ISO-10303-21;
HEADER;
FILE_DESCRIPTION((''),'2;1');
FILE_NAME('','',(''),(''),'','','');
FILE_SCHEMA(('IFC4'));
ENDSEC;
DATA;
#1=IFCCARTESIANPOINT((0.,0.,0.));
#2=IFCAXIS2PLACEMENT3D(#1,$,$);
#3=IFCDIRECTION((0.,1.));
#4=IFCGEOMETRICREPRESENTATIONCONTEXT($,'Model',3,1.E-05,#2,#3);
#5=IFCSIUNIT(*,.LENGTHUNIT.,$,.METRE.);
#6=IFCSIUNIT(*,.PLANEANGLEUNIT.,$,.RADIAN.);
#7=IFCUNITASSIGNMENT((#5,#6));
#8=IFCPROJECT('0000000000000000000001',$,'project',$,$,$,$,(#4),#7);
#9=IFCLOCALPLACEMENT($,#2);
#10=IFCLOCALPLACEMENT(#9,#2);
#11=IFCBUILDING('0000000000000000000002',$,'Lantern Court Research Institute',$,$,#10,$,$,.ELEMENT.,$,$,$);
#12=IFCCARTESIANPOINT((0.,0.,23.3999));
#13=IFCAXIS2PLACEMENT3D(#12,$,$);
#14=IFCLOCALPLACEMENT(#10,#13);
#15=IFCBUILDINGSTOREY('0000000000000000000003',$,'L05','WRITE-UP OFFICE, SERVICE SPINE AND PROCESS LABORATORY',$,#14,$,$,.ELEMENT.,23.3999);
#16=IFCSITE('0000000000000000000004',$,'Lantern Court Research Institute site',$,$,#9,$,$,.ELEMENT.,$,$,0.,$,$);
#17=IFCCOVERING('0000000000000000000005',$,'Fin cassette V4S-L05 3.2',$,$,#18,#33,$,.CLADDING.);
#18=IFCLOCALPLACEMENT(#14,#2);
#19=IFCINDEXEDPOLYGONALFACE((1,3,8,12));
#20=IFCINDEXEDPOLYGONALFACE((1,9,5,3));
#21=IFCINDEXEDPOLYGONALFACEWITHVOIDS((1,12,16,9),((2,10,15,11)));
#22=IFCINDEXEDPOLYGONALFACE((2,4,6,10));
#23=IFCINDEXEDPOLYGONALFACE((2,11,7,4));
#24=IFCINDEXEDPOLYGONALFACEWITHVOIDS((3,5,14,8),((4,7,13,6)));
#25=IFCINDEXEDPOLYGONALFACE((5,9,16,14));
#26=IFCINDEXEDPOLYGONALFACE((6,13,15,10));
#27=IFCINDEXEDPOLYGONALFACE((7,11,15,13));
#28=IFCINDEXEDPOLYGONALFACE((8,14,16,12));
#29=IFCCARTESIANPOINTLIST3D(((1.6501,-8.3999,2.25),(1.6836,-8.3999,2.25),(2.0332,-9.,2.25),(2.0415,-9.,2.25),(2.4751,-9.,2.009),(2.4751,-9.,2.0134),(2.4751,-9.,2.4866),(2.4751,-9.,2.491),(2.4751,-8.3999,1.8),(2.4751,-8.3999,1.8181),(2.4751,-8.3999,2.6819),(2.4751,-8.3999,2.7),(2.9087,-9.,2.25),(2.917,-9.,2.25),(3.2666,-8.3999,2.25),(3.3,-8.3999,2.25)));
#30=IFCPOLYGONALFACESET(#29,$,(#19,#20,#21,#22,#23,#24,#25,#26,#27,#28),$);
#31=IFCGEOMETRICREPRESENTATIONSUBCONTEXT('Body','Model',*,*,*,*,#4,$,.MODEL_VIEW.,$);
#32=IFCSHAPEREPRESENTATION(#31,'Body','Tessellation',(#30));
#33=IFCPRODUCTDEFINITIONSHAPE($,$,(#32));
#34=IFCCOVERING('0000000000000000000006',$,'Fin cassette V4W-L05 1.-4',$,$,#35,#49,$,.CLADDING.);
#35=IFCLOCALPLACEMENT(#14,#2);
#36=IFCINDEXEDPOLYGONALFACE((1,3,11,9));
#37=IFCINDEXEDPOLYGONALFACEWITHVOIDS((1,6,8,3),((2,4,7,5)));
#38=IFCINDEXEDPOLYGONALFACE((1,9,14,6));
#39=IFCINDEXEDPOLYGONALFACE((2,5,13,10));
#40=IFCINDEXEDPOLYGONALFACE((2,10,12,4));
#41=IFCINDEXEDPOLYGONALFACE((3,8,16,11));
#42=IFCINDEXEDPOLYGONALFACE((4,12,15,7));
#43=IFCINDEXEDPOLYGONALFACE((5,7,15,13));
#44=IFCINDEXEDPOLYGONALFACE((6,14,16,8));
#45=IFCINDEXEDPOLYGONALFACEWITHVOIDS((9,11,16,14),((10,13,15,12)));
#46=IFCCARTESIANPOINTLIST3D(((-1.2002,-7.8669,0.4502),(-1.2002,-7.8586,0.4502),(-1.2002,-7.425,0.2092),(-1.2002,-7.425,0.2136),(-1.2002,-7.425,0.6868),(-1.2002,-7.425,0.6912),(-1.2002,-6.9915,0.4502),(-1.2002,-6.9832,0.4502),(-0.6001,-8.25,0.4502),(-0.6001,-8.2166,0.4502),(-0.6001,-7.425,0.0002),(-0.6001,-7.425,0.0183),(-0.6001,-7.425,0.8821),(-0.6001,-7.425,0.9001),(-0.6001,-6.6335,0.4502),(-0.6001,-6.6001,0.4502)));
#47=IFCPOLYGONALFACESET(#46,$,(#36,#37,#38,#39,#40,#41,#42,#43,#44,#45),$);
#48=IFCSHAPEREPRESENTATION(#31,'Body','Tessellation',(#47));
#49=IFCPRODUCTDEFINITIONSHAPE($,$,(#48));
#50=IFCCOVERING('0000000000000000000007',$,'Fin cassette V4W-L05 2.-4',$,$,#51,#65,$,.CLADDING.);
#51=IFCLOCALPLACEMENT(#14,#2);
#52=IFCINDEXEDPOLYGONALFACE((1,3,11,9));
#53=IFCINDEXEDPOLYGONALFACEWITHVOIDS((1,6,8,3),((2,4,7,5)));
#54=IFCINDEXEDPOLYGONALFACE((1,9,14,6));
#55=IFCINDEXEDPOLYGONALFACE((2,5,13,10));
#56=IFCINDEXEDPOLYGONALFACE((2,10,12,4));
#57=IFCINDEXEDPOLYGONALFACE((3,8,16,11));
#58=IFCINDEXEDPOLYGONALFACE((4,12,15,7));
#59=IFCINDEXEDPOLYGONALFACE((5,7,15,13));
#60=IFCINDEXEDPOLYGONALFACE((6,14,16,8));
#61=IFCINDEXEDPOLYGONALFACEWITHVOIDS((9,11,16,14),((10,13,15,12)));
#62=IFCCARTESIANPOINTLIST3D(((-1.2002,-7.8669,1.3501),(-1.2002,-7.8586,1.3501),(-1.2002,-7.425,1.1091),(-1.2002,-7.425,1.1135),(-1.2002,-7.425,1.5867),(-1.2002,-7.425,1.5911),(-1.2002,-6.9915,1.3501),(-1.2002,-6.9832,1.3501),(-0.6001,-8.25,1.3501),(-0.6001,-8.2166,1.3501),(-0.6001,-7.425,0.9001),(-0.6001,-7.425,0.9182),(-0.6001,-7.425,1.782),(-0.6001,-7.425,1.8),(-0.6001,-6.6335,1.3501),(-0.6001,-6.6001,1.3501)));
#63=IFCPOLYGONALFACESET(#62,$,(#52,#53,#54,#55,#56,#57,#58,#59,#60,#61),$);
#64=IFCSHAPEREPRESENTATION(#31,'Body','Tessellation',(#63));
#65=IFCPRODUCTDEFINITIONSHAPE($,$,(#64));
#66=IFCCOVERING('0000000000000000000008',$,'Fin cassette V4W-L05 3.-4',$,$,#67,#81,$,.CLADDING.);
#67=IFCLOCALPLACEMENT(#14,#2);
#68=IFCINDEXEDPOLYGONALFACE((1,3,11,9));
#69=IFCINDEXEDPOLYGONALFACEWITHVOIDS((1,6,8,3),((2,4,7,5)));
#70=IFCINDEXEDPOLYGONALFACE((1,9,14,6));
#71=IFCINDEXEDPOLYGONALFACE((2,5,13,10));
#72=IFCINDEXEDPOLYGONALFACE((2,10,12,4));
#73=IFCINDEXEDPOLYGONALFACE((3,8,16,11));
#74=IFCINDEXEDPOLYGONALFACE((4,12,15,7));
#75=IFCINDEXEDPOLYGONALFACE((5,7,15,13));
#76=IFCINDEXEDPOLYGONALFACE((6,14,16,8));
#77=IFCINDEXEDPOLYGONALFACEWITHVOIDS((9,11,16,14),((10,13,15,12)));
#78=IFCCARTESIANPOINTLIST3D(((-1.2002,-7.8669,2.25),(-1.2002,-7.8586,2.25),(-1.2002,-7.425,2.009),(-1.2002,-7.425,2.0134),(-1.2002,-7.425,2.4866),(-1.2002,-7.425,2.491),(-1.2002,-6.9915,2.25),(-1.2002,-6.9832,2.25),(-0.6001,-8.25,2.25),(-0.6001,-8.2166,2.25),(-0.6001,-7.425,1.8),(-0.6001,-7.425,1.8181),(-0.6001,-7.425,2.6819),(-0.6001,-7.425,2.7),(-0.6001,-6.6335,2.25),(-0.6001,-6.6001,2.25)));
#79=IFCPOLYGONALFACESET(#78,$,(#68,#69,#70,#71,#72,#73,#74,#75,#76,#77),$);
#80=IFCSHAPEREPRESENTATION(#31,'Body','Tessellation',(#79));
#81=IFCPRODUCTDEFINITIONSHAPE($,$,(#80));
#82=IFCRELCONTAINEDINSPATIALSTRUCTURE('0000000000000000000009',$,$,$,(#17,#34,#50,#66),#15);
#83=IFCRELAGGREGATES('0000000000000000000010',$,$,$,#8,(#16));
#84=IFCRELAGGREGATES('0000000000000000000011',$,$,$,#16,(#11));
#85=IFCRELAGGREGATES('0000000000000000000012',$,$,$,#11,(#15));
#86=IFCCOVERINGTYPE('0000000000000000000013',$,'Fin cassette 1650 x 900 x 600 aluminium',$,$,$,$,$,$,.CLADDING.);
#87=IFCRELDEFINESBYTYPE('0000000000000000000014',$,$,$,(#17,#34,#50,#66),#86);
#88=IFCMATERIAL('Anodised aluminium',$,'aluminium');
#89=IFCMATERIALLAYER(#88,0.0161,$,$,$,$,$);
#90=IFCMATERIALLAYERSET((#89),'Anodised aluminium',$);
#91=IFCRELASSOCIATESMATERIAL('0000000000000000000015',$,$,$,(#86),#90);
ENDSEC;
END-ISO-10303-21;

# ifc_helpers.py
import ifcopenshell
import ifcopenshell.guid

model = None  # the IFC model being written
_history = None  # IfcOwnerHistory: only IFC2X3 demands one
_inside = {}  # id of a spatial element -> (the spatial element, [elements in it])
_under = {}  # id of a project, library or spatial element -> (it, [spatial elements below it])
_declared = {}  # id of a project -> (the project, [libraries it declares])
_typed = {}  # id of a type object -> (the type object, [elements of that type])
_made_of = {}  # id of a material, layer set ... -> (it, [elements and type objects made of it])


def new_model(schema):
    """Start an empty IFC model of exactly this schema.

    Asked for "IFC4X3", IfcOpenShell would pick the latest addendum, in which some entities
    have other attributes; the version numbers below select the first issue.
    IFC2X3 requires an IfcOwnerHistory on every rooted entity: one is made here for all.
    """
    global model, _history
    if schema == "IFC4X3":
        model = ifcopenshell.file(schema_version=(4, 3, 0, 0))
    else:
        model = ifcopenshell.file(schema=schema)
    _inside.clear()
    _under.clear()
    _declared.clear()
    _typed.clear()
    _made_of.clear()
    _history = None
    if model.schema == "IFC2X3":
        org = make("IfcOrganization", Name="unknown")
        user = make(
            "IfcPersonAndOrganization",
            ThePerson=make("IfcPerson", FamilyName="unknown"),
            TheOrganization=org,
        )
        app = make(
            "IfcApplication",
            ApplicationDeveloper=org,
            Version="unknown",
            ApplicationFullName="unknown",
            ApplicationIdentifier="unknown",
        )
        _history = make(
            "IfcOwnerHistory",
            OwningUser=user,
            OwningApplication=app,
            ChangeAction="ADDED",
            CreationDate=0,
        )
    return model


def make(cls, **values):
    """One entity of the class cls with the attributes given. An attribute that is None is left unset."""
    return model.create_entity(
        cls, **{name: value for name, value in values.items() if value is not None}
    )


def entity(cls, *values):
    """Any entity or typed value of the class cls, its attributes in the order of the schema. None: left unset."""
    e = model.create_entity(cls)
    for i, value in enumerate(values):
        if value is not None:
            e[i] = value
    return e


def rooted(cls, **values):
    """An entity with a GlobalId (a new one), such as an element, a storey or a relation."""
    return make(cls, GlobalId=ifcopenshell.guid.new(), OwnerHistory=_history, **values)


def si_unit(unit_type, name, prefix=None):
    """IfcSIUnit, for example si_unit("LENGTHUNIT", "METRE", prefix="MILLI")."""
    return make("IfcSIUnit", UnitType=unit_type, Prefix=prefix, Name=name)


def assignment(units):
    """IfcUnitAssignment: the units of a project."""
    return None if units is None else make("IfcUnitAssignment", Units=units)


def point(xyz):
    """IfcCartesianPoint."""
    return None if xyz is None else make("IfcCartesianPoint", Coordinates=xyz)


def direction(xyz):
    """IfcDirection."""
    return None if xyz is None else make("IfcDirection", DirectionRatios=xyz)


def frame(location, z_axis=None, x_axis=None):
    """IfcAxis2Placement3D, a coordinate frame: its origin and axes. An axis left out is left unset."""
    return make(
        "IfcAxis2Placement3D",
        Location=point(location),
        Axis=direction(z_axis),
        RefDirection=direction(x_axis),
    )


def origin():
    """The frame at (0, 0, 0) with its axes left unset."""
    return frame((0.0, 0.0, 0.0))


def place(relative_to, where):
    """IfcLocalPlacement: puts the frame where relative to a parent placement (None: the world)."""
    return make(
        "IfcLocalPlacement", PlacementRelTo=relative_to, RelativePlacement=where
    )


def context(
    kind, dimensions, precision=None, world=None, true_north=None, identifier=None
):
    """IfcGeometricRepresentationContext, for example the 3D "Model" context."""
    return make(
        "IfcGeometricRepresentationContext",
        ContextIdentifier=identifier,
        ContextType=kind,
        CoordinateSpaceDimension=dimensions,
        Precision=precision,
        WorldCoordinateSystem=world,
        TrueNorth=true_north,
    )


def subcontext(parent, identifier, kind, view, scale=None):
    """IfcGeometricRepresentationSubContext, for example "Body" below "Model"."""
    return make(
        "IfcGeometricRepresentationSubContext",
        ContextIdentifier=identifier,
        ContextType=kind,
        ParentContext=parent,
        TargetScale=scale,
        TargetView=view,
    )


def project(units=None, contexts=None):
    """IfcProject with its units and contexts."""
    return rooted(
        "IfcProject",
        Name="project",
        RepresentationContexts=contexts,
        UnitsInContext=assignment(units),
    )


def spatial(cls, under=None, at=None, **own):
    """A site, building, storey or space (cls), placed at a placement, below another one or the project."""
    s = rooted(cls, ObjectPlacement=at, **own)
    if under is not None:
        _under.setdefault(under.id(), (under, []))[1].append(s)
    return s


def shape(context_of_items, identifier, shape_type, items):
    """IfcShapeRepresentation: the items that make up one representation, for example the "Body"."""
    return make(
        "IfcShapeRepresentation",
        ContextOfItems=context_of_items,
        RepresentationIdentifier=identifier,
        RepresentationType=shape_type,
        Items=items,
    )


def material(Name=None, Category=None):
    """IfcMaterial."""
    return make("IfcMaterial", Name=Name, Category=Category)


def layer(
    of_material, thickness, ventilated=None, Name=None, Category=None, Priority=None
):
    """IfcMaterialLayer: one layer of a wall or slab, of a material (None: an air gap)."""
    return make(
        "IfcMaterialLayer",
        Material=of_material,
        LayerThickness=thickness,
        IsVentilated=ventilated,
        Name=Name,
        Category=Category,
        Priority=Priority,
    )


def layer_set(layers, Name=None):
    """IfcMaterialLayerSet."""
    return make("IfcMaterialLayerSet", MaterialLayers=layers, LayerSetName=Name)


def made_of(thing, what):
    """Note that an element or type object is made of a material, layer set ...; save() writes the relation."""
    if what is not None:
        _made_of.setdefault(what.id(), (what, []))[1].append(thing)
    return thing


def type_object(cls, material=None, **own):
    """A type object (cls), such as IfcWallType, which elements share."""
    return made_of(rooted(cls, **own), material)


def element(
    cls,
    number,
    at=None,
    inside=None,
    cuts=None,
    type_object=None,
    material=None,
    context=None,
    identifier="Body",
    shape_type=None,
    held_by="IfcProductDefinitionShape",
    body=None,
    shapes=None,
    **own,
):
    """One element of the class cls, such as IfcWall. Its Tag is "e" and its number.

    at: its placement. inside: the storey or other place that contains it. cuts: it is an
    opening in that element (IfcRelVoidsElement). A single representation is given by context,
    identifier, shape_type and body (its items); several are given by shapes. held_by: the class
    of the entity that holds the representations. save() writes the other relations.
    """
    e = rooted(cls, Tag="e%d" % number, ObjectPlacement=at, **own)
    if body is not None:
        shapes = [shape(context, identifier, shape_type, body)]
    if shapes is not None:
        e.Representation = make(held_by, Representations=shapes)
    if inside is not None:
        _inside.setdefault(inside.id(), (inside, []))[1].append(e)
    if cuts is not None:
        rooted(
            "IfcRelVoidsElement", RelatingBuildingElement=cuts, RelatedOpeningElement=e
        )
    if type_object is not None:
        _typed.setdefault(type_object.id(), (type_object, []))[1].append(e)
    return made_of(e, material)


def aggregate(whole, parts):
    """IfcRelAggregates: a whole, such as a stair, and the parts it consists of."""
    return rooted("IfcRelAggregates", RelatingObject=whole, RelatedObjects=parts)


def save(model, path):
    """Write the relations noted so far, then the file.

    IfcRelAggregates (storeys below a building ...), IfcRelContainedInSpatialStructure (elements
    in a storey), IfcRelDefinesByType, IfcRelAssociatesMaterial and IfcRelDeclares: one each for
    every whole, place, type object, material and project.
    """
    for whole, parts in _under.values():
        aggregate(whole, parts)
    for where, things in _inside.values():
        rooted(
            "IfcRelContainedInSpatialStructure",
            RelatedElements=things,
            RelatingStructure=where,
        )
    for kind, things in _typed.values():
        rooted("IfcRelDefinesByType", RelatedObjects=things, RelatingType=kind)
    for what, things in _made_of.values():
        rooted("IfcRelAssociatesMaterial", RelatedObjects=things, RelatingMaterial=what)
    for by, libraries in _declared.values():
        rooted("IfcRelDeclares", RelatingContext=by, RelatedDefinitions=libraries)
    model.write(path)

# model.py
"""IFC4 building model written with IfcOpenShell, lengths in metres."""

from ifc_helpers import new_model, entity, si_unit, direction, frame, origin, place, context, subcontext, project, spatial, material, layer, layer_set, type_object, element, save


model = new_model("IFC4")

# Units and contexts
model_context = context("Model", 3, precision=1e-05, world=origin(), true_north=direction((0.0, 1.0)))
body_context = subcontext(model_context, "Body", "Model", "MODEL_VIEW")
ifc_project = project(units=[si_unit("LENGTHUNIT", "METRE"), si_unit("PLANEANGLEUNIT", "RADIAN")], contexts=[model_context])

# Site, building, storey
site_placement = place(None, origin())
site = spatial("IfcSite", under=ifc_project, at=site_placement, Name="Lantern Court Research Institute site", CompositionType="ELEMENT", RefElevation=0.0)
building_placement = place(site_placement, origin())
building = spatial("IfcBuilding", under=site, at=building_placement, Name="Lantern Court Research Institute", CompositionType="ELEMENT")
storey_placement = place(building_placement, frame((0.0, 0.0, 23.3999)))
storey = spatial("IfcBuildingStorey", under=building, at=storey_placement, Name="L05", Description="WRITE-UP OFFICE, SERVICE SPINE AND PROCESS LABORATORY", CompositionType="ELEMENT", Elevation=23.3999)

# Coverings
ifc_material_1 = material(Name="Anodised aluminium", Category="aluminium")
ifc_layer_1 = layer(ifc_material_1, 0.0161)
ifc_layer_set_1 = layer_set([ifc_layer_1], Name="Anodised aluminium")
covering_type = type_object("IfcCoveringType", Name="Fin cassette 1650 x 900 x 600 aluminium", PredefinedType="CLADDING", material=ifc_layer_set_1)
covering_1_placement = place(storey_placement, frame((2.4751, -8.3999, 2.25), z_axis=(0.0, -1.0, 0.0), x_axis=(1.0, 0.0, 0.0)))
cartesian_point_1 = entity("IfcCartesianPoint", [0.825, 0.0])
cartesian_point_2 = entity("IfcCartesianPoint", [0.7915, 0.0])
cartesian_point_3 = entity("IfcCartesianPoint", [0.4419, 0.0])
cartesian_point_4 = entity("IfcCartesianPoint", [0.4336, 0.0])
element("IfcCovering", 1, at=covering_1_placement, inside=storey, type_object=covering_type, Name="Fin cassette V4S-L05 3.2", PredefinedType="CLADDING", context=body_context, shape_type="SweptSolid", body=[
    entity("IfcExtrudedAreaSolidTapered", entity("IfcArbitraryProfileDefWithVoids", "AREA", None, entity("IfcPolyline", [cartesian_point_1, entity("IfcCartesianPoint", [0.0, 0.45]), entity("IfcCartesianPoint", [-0.825, 0.0]), entity("IfcCartesianPoint", [0.0, -0.45]), cartesian_point_1]), [entity("IfcPolyline", [cartesian_point_2, entity("IfcCartesianPoint", [0.0, 0.4319]), entity("IfcCartesianPoint", [-0.7915, 0.0]), entity("IfcCartesianPoint", [0.0, -0.4319]), cartesian_point_2])]), entity("IfcAxis2Placement3D", entity("IfcCartesianPoint", [0.0, 0.0, 0.0])), entity("IfcDirection", [0.0, 0.0, 1.0]), 0.6001, entity("IfcArbitraryProfileDefWithVoids", "AREA", None, entity("IfcPolyline", [cartesian_point_3, entity("IfcCartesianPoint", [0.0, 0.241]), entity("IfcCartesianPoint", [-0.4419, 0.0]), entity("IfcCartesianPoint", [0.0, -0.241]), cartesian_point_3]), [entity("IfcPolyline", [cartesian_point_4, entity("IfcCartesianPoint", [0.0, 0.2366]), entity("IfcCartesianPoint", [-0.4336, 0.0]), entity("IfcCartesianPoint", [0.0, -0.2366]), cartesian_point_4])])),
])
covering_2_placement = place(storey_placement, frame((-0.6001, -7.425, 0.4502), z_axis=(-1.0, 0.0, 0.0), x_axis=(0.0, -1.0, 0.0)))
cartesian_point_5 = entity("IfcCartesianPoint", [0.825, 0.0])
cartesian_point_6 = entity("IfcCartesianPoint", [0.7915, 0.0])
cartesian_point_7 = entity("IfcCartesianPoint", [0.4419, 0.0])
cartesian_point_8 = entity("IfcCartesianPoint", [0.4336, 0.0])
element("IfcCovering", 2, at=covering_2_placement, inside=storey, type_object=covering_type, Name="Fin cassette V4W-L05 1.-4", PredefinedType="CLADDING", context=body_context, shape_type="SweptSolid", body=[
    entity("IfcExtrudedAreaSolidTapered", entity("IfcArbitraryProfileDefWithVoids", "AREA", None, entity("IfcPolyline", [cartesian_point_5, entity("IfcCartesianPoint", [0.0, 0.45]), entity("IfcCartesianPoint", [-0.825, 0.0]), entity("IfcCartesianPoint", [0.0, -0.45]), cartesian_point_5]), [entity("IfcPolyline", [cartesian_point_6, entity("IfcCartesianPoint", [0.0, 0.4319]), entity("IfcCartesianPoint", [-0.7915, 0.0]), entity("IfcCartesianPoint", [0.0, -0.4319]), cartesian_point_6])]), entity("IfcAxis2Placement3D", entity("IfcCartesianPoint", [0.0, 0.0, 0.0])), entity("IfcDirection", [0.0, 0.0, 1.0]), 0.6001, entity("IfcArbitraryProfileDefWithVoids", "AREA", None, entity("IfcPolyline", [cartesian_point_7, entity("IfcCartesianPoint", [0.0, 0.241]), entity("IfcCartesianPoint", [-0.4419, 0.0]), entity("IfcCartesianPoint", [0.0, -0.241]), cartesian_point_7]), [entity("IfcPolyline", [cartesian_point_8, entity("IfcCartesianPoint", [0.0, 0.2366]), entity("IfcCartesianPoint", [-0.4336, 0.0]), entity("IfcCartesianPoint", [0.0, -0.2366]), cartesian_point_8])])),
])
covering_3_placement = place(storey_placement, frame((-0.6001, -7.425, 1.3501), z_axis=(-1.0, 0.0, 0.0), x_axis=(0.0, -1.0, 0.0)))
cartesian_point_9 = entity("IfcCartesianPoint", [0.825, 0.0])
cartesian_point_10 = entity("IfcCartesianPoint", [0.7915, 0.0])
cartesian_point_11 = entity("IfcCartesianPoint", [0.4419, 0.0])
cartesian_point_12 = entity("IfcCartesianPoint", [0.4336, 0.0])
element("IfcCovering", 3, at=covering_3_placement, inside=storey, type_object=covering_type, Name="Fin cassette V4W-L05 2.-4", PredefinedType="CLADDING", context=body_context, shape_type="SweptSolid", body=[
    entity("IfcExtrudedAreaSolidTapered", entity("IfcArbitraryProfileDefWithVoids", "AREA", None, entity("IfcPolyline", [cartesian_point_9, entity("IfcCartesianPoint", [0.0, 0.45]), entity("IfcCartesianPoint", [-0.825, 0.0]), entity("IfcCartesianPoint", [0.0, -0.45]), cartesian_point_9]), [entity("IfcPolyline", [cartesian_point_10, entity("IfcCartesianPoint", [0.0, 0.4319]), entity("IfcCartesianPoint", [-0.7915, 0.0]), entity("IfcCartesianPoint", [0.0, -0.4319]), cartesian_point_10])]), entity("IfcAxis2Placement3D", entity("IfcCartesianPoint", [0.0, 0.0, 0.0])), entity("IfcDirection", [0.0, 0.0, 1.0]), 0.6001, entity("IfcArbitraryProfileDefWithVoids", "AREA", None, entity("IfcPolyline", [cartesian_point_11, entity("IfcCartesianPoint", [0.0, 0.241]), entity("IfcCartesianPoint", [-0.4419, 0.0]), entity("IfcCartesianPoint", [0.0, -0.241]), cartesian_point_11]), [entity("IfcPolyline", [cartesian_point_12, entity("IfcCartesianPoint", [0.0, 0.2366]), entity("IfcCartesianPoint", [-0.4336, 0.0]), entity("IfcCartesianPoint", [0.0, -0.2366]), cartesian_point_12])])),
])
covering_4_placement = place(storey_placement, frame((-0.6001, -7.425, 2.25), z_axis=(-1.0, 0.0, 0.0), x_axis=(0.0, -1.0, 0.0)))
cartesian_point_13 = entity("IfcCartesianPoint", [0.825, 0.0])
cartesian_point_14 = entity("IfcCartesianPoint", [0.7915, 0.0])
cartesian_point_15 = entity("IfcCartesianPoint", [0.4419, 0.0])
cartesian_point_16 = entity("IfcCartesianPoint", [0.4336, 0.0])
element("IfcCovering", 4, at=covering_4_placement, inside=storey, type_object=covering_type, Name="Fin cassette V4W-L05 3.-4", PredefinedType="CLADDING", context=body_context, shape_type="SweptSolid", body=[
    entity("IfcExtrudedAreaSolidTapered", entity("IfcArbitraryProfileDefWithVoids", "AREA", None, entity("IfcPolyline", [cartesian_point_13, entity("IfcCartesianPoint", [0.0, 0.45]), entity("IfcCartesianPoint", [-0.825, 0.0]), entity("IfcCartesianPoint", [0.0, -0.45]), cartesian_point_13]), [entity("IfcPolyline", [cartesian_point_14, entity("IfcCartesianPoint", [0.0, 0.4319]), entity("IfcCartesianPoint", [-0.7915, 0.0]), entity("IfcCartesianPoint", [0.0, -0.4319]), cartesian_point_14])]), entity("IfcAxis2Placement3D", entity("IfcCartesianPoint", [0.0, 0.0, 0.0])), entity("IfcDirection", [0.0, 0.0, 1.0]), 0.6001, entity("IfcArbitraryProfileDefWithVoids", "AREA", None, entity("IfcPolyline", [cartesian_point_15, entity("IfcCartesianPoint", [0.0, 0.241]), entity("IfcCartesianPoint", [-0.4419, 0.0]), entity("IfcCartesianPoint", [0.0, -0.241]), cartesian_point_15]), [entity("IfcPolyline", [cartesian_point_16, entity("IfcCartesianPoint", [0.0, 0.2366]), entity("IfcCartesianPoint", [-0.4336, 0.0]), entity("IfcCartesianPoint", [0.0, -0.2366]), cartesian_point_16])])),
])

save(model, "model.ifc")
